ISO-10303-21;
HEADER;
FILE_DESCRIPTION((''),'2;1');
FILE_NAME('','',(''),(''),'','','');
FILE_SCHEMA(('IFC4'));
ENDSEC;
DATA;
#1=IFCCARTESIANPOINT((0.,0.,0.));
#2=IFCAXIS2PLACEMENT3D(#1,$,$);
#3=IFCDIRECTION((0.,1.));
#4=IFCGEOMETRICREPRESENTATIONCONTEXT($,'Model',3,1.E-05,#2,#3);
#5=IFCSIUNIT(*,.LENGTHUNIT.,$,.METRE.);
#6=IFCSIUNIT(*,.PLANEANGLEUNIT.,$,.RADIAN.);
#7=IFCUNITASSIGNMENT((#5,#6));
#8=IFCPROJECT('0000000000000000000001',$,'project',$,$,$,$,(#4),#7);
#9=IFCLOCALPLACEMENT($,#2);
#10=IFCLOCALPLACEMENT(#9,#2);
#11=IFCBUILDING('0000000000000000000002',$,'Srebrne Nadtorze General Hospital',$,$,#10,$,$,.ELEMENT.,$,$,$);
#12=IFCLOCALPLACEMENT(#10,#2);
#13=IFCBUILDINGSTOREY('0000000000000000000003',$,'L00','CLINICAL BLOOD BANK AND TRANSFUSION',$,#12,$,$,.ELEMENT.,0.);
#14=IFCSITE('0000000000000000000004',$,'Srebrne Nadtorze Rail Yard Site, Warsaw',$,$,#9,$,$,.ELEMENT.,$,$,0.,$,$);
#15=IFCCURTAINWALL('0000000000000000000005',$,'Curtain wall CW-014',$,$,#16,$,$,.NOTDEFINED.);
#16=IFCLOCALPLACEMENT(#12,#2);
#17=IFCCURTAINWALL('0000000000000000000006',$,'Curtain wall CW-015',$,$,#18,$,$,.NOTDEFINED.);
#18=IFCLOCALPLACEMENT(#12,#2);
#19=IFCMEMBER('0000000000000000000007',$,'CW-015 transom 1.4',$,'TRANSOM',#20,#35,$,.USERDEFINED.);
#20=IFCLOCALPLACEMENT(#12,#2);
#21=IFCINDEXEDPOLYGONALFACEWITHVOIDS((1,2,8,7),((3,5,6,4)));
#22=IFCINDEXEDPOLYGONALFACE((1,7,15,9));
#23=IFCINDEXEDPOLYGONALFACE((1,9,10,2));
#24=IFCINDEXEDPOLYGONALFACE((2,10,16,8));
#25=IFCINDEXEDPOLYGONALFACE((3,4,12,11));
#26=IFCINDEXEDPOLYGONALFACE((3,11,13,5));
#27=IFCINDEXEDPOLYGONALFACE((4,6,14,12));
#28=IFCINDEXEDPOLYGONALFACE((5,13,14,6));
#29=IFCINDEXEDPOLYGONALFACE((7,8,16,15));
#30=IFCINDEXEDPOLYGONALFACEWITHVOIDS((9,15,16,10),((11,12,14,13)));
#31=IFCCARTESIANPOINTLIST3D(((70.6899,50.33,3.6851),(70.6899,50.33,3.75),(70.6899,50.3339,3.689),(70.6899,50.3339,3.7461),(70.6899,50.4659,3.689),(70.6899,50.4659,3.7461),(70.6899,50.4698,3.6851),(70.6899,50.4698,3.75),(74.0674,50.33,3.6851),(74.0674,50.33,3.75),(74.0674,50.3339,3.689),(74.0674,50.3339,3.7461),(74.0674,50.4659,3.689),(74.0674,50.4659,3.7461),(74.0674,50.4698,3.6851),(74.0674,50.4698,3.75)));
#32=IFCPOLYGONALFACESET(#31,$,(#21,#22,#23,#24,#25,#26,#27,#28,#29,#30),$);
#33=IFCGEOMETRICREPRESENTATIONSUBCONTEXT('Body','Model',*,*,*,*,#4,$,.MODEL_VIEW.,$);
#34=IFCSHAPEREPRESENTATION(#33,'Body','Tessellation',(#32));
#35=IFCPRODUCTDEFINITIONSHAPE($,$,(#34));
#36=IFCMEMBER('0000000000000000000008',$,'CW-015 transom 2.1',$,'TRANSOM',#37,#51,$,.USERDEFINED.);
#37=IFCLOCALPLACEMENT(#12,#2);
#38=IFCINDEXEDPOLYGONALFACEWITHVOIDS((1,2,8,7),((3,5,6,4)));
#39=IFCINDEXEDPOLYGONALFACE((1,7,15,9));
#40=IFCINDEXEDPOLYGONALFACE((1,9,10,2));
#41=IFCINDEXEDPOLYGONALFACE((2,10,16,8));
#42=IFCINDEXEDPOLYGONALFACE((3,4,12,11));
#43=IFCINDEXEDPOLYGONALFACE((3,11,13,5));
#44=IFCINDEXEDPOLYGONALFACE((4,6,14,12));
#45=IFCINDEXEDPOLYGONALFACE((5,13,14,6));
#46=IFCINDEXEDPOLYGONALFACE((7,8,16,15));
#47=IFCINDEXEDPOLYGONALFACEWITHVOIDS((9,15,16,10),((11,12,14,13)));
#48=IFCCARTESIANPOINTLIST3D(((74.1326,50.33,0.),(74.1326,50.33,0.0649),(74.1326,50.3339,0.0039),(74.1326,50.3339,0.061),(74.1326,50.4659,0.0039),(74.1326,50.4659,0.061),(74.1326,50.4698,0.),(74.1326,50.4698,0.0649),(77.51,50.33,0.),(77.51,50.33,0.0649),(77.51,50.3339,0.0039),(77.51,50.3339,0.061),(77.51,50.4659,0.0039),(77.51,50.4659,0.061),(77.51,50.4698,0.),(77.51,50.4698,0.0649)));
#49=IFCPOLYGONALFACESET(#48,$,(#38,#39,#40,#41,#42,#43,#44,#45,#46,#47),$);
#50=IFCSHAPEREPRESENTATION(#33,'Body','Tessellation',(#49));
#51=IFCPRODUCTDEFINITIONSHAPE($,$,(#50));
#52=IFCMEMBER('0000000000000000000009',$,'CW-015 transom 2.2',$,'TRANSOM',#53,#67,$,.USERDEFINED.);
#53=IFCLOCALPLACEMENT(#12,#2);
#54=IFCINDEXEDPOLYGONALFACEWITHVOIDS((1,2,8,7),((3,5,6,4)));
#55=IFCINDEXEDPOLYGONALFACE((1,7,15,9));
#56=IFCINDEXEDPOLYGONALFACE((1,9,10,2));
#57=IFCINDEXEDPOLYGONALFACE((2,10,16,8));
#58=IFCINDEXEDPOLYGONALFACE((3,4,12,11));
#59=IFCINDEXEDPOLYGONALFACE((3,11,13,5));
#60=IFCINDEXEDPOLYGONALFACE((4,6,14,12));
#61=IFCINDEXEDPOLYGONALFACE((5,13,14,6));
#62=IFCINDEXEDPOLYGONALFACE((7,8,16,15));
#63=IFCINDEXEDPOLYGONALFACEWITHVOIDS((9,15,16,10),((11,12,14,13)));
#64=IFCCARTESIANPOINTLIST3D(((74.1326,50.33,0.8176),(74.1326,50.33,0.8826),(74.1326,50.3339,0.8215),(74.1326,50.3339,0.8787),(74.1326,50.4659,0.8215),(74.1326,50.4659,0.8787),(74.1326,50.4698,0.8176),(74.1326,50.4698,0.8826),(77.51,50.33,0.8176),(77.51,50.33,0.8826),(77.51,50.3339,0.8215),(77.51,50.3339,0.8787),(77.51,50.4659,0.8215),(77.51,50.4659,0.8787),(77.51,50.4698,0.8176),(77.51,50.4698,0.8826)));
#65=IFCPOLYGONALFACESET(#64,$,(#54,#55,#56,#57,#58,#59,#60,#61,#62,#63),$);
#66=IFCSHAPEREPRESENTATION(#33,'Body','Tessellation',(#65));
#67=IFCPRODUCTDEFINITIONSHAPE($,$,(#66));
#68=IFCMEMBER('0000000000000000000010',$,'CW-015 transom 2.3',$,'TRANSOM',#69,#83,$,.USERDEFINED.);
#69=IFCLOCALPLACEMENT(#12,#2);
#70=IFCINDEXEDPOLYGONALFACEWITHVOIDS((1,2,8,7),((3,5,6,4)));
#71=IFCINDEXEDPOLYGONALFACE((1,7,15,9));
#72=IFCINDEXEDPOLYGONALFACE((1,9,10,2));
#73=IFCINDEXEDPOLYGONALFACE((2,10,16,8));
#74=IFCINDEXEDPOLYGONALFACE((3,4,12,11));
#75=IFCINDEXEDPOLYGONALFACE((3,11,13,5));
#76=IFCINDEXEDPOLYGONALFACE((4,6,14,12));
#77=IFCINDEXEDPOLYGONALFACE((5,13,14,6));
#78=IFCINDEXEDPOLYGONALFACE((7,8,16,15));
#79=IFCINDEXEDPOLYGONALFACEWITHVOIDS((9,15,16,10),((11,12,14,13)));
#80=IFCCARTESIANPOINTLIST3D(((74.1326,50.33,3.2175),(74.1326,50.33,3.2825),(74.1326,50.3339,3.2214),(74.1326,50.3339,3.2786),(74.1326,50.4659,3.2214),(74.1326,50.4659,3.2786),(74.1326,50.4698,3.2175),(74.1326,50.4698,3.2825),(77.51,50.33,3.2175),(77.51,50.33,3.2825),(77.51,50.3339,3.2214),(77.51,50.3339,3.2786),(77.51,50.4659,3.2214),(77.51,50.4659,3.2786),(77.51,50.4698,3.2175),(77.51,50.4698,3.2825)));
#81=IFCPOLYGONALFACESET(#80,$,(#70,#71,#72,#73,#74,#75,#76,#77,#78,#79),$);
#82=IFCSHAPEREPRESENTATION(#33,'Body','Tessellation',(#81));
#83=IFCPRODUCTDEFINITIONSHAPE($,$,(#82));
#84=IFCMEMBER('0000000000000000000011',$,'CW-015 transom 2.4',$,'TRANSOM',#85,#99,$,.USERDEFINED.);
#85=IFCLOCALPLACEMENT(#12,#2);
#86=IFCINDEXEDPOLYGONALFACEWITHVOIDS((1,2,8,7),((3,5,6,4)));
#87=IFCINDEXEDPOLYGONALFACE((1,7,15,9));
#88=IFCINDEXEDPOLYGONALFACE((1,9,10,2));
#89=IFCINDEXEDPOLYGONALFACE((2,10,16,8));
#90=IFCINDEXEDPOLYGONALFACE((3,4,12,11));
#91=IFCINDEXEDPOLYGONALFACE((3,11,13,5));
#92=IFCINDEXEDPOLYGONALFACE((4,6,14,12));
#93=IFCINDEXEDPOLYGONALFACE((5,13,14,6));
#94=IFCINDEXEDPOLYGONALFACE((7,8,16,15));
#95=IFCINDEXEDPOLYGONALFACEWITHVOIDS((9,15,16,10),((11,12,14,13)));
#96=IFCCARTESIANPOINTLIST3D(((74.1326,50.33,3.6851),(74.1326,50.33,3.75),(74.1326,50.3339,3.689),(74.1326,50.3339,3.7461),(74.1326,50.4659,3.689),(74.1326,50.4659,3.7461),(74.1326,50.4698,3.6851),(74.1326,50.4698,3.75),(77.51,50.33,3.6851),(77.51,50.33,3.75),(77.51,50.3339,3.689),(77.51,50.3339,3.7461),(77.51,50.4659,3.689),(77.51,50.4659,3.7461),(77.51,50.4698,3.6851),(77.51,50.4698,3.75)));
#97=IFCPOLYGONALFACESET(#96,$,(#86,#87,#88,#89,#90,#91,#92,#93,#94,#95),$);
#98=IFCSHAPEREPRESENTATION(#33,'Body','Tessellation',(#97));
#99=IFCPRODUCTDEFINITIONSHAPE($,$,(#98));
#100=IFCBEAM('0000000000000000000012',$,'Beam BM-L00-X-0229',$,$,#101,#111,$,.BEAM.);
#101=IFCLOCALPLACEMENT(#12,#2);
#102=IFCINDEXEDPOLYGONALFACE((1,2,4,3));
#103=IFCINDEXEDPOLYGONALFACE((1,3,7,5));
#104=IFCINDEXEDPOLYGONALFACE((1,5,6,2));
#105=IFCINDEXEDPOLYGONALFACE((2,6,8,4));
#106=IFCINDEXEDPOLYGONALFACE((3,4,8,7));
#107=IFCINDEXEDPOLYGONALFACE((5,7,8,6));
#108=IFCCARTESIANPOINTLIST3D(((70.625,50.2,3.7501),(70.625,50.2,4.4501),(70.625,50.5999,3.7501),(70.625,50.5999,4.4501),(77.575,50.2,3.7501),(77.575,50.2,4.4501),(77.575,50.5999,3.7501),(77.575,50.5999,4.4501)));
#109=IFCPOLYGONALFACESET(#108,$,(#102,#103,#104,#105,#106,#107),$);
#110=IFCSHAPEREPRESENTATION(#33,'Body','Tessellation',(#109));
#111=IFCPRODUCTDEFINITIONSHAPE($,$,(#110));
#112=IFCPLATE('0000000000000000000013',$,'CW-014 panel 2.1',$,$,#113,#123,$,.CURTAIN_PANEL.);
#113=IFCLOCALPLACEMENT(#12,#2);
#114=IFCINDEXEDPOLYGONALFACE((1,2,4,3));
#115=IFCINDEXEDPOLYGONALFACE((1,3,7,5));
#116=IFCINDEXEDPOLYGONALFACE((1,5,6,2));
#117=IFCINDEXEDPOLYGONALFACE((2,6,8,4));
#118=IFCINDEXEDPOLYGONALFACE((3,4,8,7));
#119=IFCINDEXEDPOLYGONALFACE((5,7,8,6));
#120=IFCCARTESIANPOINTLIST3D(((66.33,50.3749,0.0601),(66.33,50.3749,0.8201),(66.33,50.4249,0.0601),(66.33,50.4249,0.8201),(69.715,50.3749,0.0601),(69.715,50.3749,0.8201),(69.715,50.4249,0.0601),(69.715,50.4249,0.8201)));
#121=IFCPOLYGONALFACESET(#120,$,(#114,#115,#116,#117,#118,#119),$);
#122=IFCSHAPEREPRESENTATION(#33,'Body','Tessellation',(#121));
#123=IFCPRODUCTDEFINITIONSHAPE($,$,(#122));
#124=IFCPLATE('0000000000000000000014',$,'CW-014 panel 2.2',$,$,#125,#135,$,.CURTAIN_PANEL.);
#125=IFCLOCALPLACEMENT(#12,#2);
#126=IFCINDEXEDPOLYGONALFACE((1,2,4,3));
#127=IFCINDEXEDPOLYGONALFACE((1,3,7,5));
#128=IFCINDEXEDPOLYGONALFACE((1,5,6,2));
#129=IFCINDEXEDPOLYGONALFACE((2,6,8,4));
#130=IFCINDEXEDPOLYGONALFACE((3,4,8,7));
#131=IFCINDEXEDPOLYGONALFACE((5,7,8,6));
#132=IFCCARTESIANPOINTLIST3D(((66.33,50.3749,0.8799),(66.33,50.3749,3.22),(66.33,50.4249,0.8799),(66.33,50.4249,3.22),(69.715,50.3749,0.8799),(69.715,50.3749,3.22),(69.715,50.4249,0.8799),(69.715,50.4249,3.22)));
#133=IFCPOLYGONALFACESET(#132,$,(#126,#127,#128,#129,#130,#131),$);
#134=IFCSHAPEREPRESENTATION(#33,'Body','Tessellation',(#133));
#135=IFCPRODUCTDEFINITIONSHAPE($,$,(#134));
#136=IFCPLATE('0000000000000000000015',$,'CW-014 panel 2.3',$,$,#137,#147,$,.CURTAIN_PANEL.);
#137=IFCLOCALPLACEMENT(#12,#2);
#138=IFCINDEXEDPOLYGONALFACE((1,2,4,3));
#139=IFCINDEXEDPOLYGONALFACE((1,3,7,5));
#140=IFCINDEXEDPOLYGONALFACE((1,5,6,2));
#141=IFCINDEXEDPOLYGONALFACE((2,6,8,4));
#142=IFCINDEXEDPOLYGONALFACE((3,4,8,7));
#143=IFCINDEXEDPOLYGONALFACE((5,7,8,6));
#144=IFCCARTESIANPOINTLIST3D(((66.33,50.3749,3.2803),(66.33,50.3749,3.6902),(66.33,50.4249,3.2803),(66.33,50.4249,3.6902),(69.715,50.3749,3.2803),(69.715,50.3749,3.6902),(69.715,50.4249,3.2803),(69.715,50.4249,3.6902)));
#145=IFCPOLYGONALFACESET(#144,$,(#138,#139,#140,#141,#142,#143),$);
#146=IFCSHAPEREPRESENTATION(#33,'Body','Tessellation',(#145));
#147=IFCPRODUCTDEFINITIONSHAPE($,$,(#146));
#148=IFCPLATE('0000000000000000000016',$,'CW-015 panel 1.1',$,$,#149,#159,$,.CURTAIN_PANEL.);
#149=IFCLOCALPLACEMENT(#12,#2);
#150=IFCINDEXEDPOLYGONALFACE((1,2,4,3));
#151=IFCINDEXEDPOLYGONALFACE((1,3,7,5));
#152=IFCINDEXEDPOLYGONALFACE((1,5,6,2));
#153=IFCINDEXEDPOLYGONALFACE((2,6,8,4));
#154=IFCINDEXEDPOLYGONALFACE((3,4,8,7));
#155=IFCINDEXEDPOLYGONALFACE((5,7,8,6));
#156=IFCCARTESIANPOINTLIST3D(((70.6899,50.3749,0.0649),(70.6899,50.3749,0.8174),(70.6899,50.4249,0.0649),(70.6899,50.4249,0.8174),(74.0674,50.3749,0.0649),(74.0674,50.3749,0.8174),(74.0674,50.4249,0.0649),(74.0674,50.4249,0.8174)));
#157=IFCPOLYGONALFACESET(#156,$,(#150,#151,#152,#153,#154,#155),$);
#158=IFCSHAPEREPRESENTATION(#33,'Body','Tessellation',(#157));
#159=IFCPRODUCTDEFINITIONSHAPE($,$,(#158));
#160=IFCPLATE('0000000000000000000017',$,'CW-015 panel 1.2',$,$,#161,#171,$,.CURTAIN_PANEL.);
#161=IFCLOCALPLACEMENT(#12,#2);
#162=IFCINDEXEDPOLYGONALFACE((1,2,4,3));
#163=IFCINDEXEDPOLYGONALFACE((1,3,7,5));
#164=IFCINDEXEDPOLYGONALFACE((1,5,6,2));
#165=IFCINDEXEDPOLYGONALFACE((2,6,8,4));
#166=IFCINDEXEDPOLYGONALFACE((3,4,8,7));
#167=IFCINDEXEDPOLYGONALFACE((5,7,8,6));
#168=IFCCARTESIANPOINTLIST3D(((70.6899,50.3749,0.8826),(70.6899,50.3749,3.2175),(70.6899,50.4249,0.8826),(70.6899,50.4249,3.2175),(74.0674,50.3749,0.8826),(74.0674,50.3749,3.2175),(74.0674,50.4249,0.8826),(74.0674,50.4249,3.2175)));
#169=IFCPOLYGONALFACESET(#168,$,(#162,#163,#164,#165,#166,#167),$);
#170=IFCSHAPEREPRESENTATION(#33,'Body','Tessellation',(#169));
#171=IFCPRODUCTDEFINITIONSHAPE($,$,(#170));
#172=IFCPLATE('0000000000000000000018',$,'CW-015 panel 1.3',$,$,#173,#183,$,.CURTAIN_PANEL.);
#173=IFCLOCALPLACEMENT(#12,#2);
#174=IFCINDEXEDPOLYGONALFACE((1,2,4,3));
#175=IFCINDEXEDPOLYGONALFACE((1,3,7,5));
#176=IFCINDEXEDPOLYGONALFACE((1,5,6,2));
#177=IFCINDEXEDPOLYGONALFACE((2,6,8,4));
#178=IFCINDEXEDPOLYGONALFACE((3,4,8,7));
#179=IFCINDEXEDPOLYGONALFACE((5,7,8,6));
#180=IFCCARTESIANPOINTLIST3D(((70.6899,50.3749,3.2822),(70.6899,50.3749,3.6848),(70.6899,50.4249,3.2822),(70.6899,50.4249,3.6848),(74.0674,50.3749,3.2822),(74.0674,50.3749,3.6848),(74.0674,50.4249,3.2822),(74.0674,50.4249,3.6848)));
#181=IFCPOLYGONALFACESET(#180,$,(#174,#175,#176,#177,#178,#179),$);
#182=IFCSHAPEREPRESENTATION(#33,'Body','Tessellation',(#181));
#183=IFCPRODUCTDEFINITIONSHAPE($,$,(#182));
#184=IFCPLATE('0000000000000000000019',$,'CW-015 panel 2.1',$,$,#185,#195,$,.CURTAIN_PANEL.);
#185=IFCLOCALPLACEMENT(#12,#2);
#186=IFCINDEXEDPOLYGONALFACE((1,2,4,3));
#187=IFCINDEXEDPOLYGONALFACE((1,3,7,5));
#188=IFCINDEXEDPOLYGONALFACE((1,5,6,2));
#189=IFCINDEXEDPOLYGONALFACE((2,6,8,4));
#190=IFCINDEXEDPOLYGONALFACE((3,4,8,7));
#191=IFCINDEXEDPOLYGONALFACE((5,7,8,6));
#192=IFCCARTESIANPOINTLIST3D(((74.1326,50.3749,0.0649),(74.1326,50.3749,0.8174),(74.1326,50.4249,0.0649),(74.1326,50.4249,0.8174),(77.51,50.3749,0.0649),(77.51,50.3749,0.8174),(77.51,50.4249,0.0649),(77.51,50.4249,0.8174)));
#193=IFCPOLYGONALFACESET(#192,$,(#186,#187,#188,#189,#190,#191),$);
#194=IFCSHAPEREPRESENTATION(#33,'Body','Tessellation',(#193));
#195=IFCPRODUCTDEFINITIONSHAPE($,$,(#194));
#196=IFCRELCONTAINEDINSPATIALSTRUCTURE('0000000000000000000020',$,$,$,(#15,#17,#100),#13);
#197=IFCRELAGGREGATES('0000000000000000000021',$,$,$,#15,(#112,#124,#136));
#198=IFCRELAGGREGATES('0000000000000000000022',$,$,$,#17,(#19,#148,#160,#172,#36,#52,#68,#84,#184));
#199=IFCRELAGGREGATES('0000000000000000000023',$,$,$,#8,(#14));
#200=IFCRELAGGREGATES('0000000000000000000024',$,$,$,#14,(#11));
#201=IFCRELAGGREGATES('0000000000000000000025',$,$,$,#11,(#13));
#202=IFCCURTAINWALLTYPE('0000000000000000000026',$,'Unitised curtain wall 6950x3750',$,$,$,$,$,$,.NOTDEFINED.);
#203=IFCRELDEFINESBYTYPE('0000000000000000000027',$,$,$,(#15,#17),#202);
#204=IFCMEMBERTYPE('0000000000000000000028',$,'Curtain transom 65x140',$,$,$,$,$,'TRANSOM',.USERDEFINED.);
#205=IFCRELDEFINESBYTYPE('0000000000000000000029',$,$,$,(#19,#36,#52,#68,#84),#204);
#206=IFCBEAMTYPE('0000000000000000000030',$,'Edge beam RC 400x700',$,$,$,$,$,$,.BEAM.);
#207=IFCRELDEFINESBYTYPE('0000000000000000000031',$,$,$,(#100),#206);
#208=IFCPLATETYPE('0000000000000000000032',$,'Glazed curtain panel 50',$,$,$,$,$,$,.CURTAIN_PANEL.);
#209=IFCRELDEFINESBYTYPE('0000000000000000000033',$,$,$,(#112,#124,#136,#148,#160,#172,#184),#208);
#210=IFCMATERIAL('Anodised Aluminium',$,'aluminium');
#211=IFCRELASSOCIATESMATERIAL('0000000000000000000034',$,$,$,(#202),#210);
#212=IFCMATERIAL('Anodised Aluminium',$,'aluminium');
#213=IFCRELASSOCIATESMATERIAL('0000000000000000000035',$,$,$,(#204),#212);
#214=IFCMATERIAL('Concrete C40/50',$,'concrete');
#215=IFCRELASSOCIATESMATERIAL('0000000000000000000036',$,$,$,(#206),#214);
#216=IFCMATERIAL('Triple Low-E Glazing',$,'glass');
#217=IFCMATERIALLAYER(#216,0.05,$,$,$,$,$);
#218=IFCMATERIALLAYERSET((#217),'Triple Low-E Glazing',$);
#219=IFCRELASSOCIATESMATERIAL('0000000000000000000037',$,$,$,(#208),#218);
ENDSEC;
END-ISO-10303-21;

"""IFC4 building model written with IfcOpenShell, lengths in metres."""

from ifc_helpers import new_model, si_unit, direction, frame, origin, origin_2d, place, context, subcontext, project, spatial, rectangle, hollow_rectangle, extrude, material, layer, layer_set, material_profile, profile_set, type_object, element, aggregate, save


model = new_model("IFC4")

# Units and contexts
model_context = context("Model", 3, precision=1e-05, world=origin(), true_north=direction((0.0, 1.0)))
body_context = subcontext(model_context, "Body", "Model", "MODEL_VIEW")
ifc_project = project(units=[si_unit("LENGTHUNIT", "METRE"), si_unit("PLANEANGLEUNIT", "RADIAN")], contexts=[model_context])

# Site, building, storey
site_placement = place(None, origin())
site = spatial("IfcSite", under=ifc_project, at=site_placement, Name="Srebrne Nadtorze Rail Yard Site, Warsaw", CompositionType="ELEMENT", RefElevation=0.0)
building_placement = place(site_placement, origin())
building = spatial("IfcBuilding", under=site, at=building_placement, Name="Srebrne Nadtorze General Hospital", CompositionType="ELEMENT")
storey_placement = place(building_placement, origin())
storey = spatial("IfcBuildingStorey", under=building, at=storey_placement, Name="L00", Description="CLINICAL BLOOD BANK AND TRANSFUSION", CompositionType="ELEMENT", Elevation=0.0)

# Curtain wall
ifc_material_1 = material(Name="Anodised Aluminium", Category="aluminium")
curtain_wall_type = type_object("IfcCurtainWallType", Name="Unitised curtain wall 6950x3750", PredefinedType="NOTDEFINED", material=ifc_material_1)
curtain_wall_1_placement = place(storey_placement, origin())
curtain_wall_1 = element("IfcCurtainWall", 1, at=curtain_wall_1_placement, inside=storey, type_object=curtain_wall_type, Name="Curtain wall CW-014", PredefinedType="NOTDEFINED")

# Curtain wall
curtain_wall_2_placement = place(storey_placement, origin())
curtain_wall_2 = element("IfcCurtainWall", 2, at=curtain_wall_2_placement, inside=storey, type_object=curtain_wall_type, Name="Curtain wall CW-015", PredefinedType="NOTDEFINED")

# Members
ifc_material_2 = material(Name="Anodised Aluminium", Category="aluminium")
ifc_material_profile_1 = material_profile(ifc_material_2, hollow_rectangle(XDim=0.0649, YDim=0.1399, WallThickness=0.0039, at=origin_2d()), Name="AL-TRN-65x140")
ifc_profile_set_1 = profile_set([ifc_material_profile_1], Name="Anodised Aluminium")
member_type_1 = type_object("IfcMemberType", Name="Curtain transom 65x140", ElementType="TRANSOM", PredefinedType="USERDEFINED", material=ifc_profile_set_1)
member_1_placement = place(storey_placement, frame((70.6899, 50.3999, 3.7175), z_axis=(1.0, 0.0, 0.0), x_axis=(0.0, 0.0, 1.0)))
member_1 = element("IfcMember", 3, at=member_1_placement, type_object=member_type_1, Name="CW-015 transom 1.4", ObjectType="TRANSOM", PredefinedType="USERDEFINED", context=body_context, shape_type="SweptSolid", body=[
    extrude(hollow_rectangle(XDim=0.0649, YDim=0.1399, WallThickness=0.0039, at=origin_2d()), origin(), (0.0, 0.0, 1.0), 3.3774),
])
member_2_placement = place(storey_placement, frame((74.1326, 50.3999, 0.0325), z_axis=(1.0, 0.0, 0.0), x_axis=(0.0, 0.0, 1.0)))
member_2 = element("IfcMember", 4, at=member_2_placement, type_object=member_type_1, Name="CW-015 transom 2.1", ObjectType="TRANSOM", PredefinedType="USERDEFINED", context=body_context, shape_type="SweptSolid", body=[
    extrude(hollow_rectangle(XDim=0.0649, YDim=0.1399, WallThickness=0.0039, at=origin_2d()), origin(), (0.0, 0.0, 1.0), 3.3774),
])
member_3_placement = place(storey_placement, frame((74.1326, 50.3999, 0.8501), z_axis=(1.0, 0.0, 0.0), x_axis=(0.0, 0.0, 1.0)))
member_3 = element("IfcMember", 5, at=member_3_placement, type_object=member_type_1, Name="CW-015 transom 2.2", ObjectType="TRANSOM", PredefinedType="USERDEFINED", context=body_context, shape_type="SweptSolid", body=[
    extrude(hollow_rectangle(XDim=0.0649, YDim=0.1399, WallThickness=0.0039, at=origin_2d()), origin(), (0.0, 0.0, 1.0), 3.3774),
])
member_4_placement = place(storey_placement, frame((74.1326, 50.3999, 3.25), z_axis=(1.0, 0.0, 0.0), x_axis=(0.0, 0.0, 1.0)))
member_4 = element("IfcMember", 6, at=member_4_placement, type_object=member_type_1, Name="CW-015 transom 2.3", ObjectType="TRANSOM", PredefinedType="USERDEFINED", context=body_context, shape_type="SweptSolid", body=[
    extrude(hollow_rectangle(XDim=0.0649, YDim=0.1399, WallThickness=0.0039, at=origin_2d()), origin(), (0.0, 0.0, 1.0), 3.3774),
])
member_5_placement = place(storey_placement, frame((74.1326, 50.3999, 3.7175), z_axis=(1.0, 0.0, 0.0), x_axis=(0.0, 0.0, 1.0)))
member_5 = element("IfcMember", 7, at=member_5_placement, type_object=member_type_1, Name="CW-015 transom 2.4", ObjectType="TRANSOM", PredefinedType="USERDEFINED", context=body_context, shape_type="SweptSolid", body=[
    extrude(hollow_rectangle(XDim=0.0649, YDim=0.1399, WallThickness=0.0039, at=origin_2d()), origin(), (0.0, 0.0, 1.0), 3.3774),
])

# Beam
ifc_material_3 = material(Name="Concrete C40/50", Category="concrete")
ifc_material_profile_2 = material_profile(ifc_material_3, rectangle(XDim=0.3999, YDim=0.7, at=origin_2d()), Name="RC-BM-400x700")
ifc_profile_set_2 = profile_set([ifc_material_profile_2], Name="Concrete C40/50")
beam_type = type_object("IfcBeamType", Name="Edge beam RC 400x700", PredefinedType="BEAM", material=ifc_profile_set_2)
beam_placement = place(storey_placement, frame((70.625, 50.3999, 4.1001), z_axis=(1.0, 0.0, 0.0), x_axis=(0.0, 1.0, 0.0)))
element("IfcBeam", 8, at=beam_placement, inside=storey, type_object=beam_type, Name="Beam BM-L00-X-0229", PredefinedType="BEAM", context=body_context, shape_type="SweptSolid", body=[
    extrude(rectangle(XDim=0.3999, YDim=0.7, at=origin_2d()), origin(), (0.0, 0.0, 1.0), 6.95),
])

# Plates
ifc_material_4 = material(Name="Triple Low-E Glazing", Category="glass")
ifc_layer = layer(ifc_material_4, 0.05)
ifc_layer_set = layer_set([ifc_layer], Name="Triple Low-E Glazing")
plate_type = type_object("IfcPlateType", Name="Glazed curtain panel 50", PredefinedType="CURTAIN_PANEL", material=ifc_layer_set)
plate_1_placement = place(storey_placement, frame((68.0225, 50.3999, 0.0601), z_axis=(0.0, 0.0, 1.0), x_axis=(1.0, 0.0, 0.0)))
plate_1 = element("IfcPlate", 9, at=plate_1_placement, type_object=plate_type, Name="CW-014 panel 2.1", PredefinedType="CURTAIN_PANEL", context=body_context, shape_type="SweptSolid", body=[
    extrude(rectangle(XDim=3.385, YDim=0.05, at=origin_2d()), origin(), (0.0, 0.0, 1.0), 0.76),
])
plate_2_placement = place(storey_placement, frame((68.0225, 50.3999, 0.8799), z_axis=(0.0, 0.0, 1.0), x_axis=(1.0, 0.0, 0.0)))
plate_2 = element("IfcPlate", 10, at=plate_2_placement, type_object=plate_type, Name="CW-014 panel 2.2", PredefinedType="CURTAIN_PANEL", context=body_context, shape_type="SweptSolid", body=[
    extrude(rectangle(XDim=3.385, YDim=0.05, at=origin_2d()), origin(), (0.0, 0.0, 1.0), 2.3401),
])
plate_3_placement = place(storey_placement, frame((68.0225, 50.3999, 3.2803), z_axis=(0.0, 0.0, 1.0), x_axis=(1.0, 0.0, 0.0)))
plate_3 = element("IfcPlate", 11, at=plate_3_placement, type_object=plate_type, Name="CW-014 panel 2.3", PredefinedType="CURTAIN_PANEL", context=body_context, shape_type="SweptSolid", body=[
    extrude(rectangle(XDim=3.385, YDim=0.05, at=origin_2d()), origin(), (0.0, 0.0, 1.0), 0.4099),
])
aggregate(curtain_wall_1, [plate_1, plate_2, plate_3])
plate_4_placement = place(storey_placement, frame((72.3787, 50.3999, 0.0649), z_axis=(0.0, 0.0, 1.0), x_axis=(1.0, 0.0, 0.0)))
plate_4 = element("IfcPlate", 12, at=plate_4_placement, type_object=plate_type, Name="CW-015 panel 1.1", PredefinedType="CURTAIN_PANEL", context=body_context, shape_type="SweptSolid", body=[
    extrude(rectangle(XDim=3.3774, YDim=0.05, at=origin_2d()), origin(), (0.0, 0.0, 1.0), 0.7524),
])
plate_5_placement = place(storey_placement, frame((72.3787, 50.3999, 0.8826), z_axis=(0.0, 0.0, 1.0), x_axis=(1.0, 0.0, 0.0)))
plate_5 = element("IfcPlate", 13, at=plate_5_placement, type_object=plate_type, Name="CW-015 panel 1.2", PredefinedType="CURTAIN_PANEL", context=body_context, shape_type="SweptSolid", body=[
    extrude(rectangle(XDim=3.3774, YDim=0.05, at=origin_2d()), origin(), (0.0, 0.0, 1.0), 2.335),
])
plate_6_placement = place(storey_placement, frame((72.3787, 50.3999, 3.2822), z_axis=(0.0, 0.0, 1.0), x_axis=(1.0, 0.0, 0.0)))
plate_6 = element("IfcPlate", 14, at=plate_6_placement, type_object=plate_type, Name="CW-015 panel 1.3", PredefinedType="CURTAIN_PANEL", context=body_context, shape_type="SweptSolid", body=[
    extrude(rectangle(XDim=3.3774, YDim=0.05, at=origin_2d()), origin(), (0.0, 0.0, 1.0), 0.4026),
])
plate_7_placement = place(storey_placement, frame((75.8213, 50.3999, 0.0649), z_axis=(0.0, 0.0, 1.0), x_axis=(1.0, 0.0, 0.0)))
plate_7 = element("IfcPlate", 15, at=plate_7_placement, type_object=plate_type, Name="CW-015 panel 2.1", PredefinedType="CURTAIN_PANEL", context=body_context, shape_type="SweptSolid", body=[
    extrude(rectangle(XDim=3.3774, YDim=0.05, at=origin_2d()), origin(), (0.0, 0.0, 1.0), 0.7524),
])
aggregate(curtain_wall_2, [member_1, plate_4, plate_5, plate_6, member_2, member_3, member_4, member_5, plate_7])

save(model, "model.ifc")
